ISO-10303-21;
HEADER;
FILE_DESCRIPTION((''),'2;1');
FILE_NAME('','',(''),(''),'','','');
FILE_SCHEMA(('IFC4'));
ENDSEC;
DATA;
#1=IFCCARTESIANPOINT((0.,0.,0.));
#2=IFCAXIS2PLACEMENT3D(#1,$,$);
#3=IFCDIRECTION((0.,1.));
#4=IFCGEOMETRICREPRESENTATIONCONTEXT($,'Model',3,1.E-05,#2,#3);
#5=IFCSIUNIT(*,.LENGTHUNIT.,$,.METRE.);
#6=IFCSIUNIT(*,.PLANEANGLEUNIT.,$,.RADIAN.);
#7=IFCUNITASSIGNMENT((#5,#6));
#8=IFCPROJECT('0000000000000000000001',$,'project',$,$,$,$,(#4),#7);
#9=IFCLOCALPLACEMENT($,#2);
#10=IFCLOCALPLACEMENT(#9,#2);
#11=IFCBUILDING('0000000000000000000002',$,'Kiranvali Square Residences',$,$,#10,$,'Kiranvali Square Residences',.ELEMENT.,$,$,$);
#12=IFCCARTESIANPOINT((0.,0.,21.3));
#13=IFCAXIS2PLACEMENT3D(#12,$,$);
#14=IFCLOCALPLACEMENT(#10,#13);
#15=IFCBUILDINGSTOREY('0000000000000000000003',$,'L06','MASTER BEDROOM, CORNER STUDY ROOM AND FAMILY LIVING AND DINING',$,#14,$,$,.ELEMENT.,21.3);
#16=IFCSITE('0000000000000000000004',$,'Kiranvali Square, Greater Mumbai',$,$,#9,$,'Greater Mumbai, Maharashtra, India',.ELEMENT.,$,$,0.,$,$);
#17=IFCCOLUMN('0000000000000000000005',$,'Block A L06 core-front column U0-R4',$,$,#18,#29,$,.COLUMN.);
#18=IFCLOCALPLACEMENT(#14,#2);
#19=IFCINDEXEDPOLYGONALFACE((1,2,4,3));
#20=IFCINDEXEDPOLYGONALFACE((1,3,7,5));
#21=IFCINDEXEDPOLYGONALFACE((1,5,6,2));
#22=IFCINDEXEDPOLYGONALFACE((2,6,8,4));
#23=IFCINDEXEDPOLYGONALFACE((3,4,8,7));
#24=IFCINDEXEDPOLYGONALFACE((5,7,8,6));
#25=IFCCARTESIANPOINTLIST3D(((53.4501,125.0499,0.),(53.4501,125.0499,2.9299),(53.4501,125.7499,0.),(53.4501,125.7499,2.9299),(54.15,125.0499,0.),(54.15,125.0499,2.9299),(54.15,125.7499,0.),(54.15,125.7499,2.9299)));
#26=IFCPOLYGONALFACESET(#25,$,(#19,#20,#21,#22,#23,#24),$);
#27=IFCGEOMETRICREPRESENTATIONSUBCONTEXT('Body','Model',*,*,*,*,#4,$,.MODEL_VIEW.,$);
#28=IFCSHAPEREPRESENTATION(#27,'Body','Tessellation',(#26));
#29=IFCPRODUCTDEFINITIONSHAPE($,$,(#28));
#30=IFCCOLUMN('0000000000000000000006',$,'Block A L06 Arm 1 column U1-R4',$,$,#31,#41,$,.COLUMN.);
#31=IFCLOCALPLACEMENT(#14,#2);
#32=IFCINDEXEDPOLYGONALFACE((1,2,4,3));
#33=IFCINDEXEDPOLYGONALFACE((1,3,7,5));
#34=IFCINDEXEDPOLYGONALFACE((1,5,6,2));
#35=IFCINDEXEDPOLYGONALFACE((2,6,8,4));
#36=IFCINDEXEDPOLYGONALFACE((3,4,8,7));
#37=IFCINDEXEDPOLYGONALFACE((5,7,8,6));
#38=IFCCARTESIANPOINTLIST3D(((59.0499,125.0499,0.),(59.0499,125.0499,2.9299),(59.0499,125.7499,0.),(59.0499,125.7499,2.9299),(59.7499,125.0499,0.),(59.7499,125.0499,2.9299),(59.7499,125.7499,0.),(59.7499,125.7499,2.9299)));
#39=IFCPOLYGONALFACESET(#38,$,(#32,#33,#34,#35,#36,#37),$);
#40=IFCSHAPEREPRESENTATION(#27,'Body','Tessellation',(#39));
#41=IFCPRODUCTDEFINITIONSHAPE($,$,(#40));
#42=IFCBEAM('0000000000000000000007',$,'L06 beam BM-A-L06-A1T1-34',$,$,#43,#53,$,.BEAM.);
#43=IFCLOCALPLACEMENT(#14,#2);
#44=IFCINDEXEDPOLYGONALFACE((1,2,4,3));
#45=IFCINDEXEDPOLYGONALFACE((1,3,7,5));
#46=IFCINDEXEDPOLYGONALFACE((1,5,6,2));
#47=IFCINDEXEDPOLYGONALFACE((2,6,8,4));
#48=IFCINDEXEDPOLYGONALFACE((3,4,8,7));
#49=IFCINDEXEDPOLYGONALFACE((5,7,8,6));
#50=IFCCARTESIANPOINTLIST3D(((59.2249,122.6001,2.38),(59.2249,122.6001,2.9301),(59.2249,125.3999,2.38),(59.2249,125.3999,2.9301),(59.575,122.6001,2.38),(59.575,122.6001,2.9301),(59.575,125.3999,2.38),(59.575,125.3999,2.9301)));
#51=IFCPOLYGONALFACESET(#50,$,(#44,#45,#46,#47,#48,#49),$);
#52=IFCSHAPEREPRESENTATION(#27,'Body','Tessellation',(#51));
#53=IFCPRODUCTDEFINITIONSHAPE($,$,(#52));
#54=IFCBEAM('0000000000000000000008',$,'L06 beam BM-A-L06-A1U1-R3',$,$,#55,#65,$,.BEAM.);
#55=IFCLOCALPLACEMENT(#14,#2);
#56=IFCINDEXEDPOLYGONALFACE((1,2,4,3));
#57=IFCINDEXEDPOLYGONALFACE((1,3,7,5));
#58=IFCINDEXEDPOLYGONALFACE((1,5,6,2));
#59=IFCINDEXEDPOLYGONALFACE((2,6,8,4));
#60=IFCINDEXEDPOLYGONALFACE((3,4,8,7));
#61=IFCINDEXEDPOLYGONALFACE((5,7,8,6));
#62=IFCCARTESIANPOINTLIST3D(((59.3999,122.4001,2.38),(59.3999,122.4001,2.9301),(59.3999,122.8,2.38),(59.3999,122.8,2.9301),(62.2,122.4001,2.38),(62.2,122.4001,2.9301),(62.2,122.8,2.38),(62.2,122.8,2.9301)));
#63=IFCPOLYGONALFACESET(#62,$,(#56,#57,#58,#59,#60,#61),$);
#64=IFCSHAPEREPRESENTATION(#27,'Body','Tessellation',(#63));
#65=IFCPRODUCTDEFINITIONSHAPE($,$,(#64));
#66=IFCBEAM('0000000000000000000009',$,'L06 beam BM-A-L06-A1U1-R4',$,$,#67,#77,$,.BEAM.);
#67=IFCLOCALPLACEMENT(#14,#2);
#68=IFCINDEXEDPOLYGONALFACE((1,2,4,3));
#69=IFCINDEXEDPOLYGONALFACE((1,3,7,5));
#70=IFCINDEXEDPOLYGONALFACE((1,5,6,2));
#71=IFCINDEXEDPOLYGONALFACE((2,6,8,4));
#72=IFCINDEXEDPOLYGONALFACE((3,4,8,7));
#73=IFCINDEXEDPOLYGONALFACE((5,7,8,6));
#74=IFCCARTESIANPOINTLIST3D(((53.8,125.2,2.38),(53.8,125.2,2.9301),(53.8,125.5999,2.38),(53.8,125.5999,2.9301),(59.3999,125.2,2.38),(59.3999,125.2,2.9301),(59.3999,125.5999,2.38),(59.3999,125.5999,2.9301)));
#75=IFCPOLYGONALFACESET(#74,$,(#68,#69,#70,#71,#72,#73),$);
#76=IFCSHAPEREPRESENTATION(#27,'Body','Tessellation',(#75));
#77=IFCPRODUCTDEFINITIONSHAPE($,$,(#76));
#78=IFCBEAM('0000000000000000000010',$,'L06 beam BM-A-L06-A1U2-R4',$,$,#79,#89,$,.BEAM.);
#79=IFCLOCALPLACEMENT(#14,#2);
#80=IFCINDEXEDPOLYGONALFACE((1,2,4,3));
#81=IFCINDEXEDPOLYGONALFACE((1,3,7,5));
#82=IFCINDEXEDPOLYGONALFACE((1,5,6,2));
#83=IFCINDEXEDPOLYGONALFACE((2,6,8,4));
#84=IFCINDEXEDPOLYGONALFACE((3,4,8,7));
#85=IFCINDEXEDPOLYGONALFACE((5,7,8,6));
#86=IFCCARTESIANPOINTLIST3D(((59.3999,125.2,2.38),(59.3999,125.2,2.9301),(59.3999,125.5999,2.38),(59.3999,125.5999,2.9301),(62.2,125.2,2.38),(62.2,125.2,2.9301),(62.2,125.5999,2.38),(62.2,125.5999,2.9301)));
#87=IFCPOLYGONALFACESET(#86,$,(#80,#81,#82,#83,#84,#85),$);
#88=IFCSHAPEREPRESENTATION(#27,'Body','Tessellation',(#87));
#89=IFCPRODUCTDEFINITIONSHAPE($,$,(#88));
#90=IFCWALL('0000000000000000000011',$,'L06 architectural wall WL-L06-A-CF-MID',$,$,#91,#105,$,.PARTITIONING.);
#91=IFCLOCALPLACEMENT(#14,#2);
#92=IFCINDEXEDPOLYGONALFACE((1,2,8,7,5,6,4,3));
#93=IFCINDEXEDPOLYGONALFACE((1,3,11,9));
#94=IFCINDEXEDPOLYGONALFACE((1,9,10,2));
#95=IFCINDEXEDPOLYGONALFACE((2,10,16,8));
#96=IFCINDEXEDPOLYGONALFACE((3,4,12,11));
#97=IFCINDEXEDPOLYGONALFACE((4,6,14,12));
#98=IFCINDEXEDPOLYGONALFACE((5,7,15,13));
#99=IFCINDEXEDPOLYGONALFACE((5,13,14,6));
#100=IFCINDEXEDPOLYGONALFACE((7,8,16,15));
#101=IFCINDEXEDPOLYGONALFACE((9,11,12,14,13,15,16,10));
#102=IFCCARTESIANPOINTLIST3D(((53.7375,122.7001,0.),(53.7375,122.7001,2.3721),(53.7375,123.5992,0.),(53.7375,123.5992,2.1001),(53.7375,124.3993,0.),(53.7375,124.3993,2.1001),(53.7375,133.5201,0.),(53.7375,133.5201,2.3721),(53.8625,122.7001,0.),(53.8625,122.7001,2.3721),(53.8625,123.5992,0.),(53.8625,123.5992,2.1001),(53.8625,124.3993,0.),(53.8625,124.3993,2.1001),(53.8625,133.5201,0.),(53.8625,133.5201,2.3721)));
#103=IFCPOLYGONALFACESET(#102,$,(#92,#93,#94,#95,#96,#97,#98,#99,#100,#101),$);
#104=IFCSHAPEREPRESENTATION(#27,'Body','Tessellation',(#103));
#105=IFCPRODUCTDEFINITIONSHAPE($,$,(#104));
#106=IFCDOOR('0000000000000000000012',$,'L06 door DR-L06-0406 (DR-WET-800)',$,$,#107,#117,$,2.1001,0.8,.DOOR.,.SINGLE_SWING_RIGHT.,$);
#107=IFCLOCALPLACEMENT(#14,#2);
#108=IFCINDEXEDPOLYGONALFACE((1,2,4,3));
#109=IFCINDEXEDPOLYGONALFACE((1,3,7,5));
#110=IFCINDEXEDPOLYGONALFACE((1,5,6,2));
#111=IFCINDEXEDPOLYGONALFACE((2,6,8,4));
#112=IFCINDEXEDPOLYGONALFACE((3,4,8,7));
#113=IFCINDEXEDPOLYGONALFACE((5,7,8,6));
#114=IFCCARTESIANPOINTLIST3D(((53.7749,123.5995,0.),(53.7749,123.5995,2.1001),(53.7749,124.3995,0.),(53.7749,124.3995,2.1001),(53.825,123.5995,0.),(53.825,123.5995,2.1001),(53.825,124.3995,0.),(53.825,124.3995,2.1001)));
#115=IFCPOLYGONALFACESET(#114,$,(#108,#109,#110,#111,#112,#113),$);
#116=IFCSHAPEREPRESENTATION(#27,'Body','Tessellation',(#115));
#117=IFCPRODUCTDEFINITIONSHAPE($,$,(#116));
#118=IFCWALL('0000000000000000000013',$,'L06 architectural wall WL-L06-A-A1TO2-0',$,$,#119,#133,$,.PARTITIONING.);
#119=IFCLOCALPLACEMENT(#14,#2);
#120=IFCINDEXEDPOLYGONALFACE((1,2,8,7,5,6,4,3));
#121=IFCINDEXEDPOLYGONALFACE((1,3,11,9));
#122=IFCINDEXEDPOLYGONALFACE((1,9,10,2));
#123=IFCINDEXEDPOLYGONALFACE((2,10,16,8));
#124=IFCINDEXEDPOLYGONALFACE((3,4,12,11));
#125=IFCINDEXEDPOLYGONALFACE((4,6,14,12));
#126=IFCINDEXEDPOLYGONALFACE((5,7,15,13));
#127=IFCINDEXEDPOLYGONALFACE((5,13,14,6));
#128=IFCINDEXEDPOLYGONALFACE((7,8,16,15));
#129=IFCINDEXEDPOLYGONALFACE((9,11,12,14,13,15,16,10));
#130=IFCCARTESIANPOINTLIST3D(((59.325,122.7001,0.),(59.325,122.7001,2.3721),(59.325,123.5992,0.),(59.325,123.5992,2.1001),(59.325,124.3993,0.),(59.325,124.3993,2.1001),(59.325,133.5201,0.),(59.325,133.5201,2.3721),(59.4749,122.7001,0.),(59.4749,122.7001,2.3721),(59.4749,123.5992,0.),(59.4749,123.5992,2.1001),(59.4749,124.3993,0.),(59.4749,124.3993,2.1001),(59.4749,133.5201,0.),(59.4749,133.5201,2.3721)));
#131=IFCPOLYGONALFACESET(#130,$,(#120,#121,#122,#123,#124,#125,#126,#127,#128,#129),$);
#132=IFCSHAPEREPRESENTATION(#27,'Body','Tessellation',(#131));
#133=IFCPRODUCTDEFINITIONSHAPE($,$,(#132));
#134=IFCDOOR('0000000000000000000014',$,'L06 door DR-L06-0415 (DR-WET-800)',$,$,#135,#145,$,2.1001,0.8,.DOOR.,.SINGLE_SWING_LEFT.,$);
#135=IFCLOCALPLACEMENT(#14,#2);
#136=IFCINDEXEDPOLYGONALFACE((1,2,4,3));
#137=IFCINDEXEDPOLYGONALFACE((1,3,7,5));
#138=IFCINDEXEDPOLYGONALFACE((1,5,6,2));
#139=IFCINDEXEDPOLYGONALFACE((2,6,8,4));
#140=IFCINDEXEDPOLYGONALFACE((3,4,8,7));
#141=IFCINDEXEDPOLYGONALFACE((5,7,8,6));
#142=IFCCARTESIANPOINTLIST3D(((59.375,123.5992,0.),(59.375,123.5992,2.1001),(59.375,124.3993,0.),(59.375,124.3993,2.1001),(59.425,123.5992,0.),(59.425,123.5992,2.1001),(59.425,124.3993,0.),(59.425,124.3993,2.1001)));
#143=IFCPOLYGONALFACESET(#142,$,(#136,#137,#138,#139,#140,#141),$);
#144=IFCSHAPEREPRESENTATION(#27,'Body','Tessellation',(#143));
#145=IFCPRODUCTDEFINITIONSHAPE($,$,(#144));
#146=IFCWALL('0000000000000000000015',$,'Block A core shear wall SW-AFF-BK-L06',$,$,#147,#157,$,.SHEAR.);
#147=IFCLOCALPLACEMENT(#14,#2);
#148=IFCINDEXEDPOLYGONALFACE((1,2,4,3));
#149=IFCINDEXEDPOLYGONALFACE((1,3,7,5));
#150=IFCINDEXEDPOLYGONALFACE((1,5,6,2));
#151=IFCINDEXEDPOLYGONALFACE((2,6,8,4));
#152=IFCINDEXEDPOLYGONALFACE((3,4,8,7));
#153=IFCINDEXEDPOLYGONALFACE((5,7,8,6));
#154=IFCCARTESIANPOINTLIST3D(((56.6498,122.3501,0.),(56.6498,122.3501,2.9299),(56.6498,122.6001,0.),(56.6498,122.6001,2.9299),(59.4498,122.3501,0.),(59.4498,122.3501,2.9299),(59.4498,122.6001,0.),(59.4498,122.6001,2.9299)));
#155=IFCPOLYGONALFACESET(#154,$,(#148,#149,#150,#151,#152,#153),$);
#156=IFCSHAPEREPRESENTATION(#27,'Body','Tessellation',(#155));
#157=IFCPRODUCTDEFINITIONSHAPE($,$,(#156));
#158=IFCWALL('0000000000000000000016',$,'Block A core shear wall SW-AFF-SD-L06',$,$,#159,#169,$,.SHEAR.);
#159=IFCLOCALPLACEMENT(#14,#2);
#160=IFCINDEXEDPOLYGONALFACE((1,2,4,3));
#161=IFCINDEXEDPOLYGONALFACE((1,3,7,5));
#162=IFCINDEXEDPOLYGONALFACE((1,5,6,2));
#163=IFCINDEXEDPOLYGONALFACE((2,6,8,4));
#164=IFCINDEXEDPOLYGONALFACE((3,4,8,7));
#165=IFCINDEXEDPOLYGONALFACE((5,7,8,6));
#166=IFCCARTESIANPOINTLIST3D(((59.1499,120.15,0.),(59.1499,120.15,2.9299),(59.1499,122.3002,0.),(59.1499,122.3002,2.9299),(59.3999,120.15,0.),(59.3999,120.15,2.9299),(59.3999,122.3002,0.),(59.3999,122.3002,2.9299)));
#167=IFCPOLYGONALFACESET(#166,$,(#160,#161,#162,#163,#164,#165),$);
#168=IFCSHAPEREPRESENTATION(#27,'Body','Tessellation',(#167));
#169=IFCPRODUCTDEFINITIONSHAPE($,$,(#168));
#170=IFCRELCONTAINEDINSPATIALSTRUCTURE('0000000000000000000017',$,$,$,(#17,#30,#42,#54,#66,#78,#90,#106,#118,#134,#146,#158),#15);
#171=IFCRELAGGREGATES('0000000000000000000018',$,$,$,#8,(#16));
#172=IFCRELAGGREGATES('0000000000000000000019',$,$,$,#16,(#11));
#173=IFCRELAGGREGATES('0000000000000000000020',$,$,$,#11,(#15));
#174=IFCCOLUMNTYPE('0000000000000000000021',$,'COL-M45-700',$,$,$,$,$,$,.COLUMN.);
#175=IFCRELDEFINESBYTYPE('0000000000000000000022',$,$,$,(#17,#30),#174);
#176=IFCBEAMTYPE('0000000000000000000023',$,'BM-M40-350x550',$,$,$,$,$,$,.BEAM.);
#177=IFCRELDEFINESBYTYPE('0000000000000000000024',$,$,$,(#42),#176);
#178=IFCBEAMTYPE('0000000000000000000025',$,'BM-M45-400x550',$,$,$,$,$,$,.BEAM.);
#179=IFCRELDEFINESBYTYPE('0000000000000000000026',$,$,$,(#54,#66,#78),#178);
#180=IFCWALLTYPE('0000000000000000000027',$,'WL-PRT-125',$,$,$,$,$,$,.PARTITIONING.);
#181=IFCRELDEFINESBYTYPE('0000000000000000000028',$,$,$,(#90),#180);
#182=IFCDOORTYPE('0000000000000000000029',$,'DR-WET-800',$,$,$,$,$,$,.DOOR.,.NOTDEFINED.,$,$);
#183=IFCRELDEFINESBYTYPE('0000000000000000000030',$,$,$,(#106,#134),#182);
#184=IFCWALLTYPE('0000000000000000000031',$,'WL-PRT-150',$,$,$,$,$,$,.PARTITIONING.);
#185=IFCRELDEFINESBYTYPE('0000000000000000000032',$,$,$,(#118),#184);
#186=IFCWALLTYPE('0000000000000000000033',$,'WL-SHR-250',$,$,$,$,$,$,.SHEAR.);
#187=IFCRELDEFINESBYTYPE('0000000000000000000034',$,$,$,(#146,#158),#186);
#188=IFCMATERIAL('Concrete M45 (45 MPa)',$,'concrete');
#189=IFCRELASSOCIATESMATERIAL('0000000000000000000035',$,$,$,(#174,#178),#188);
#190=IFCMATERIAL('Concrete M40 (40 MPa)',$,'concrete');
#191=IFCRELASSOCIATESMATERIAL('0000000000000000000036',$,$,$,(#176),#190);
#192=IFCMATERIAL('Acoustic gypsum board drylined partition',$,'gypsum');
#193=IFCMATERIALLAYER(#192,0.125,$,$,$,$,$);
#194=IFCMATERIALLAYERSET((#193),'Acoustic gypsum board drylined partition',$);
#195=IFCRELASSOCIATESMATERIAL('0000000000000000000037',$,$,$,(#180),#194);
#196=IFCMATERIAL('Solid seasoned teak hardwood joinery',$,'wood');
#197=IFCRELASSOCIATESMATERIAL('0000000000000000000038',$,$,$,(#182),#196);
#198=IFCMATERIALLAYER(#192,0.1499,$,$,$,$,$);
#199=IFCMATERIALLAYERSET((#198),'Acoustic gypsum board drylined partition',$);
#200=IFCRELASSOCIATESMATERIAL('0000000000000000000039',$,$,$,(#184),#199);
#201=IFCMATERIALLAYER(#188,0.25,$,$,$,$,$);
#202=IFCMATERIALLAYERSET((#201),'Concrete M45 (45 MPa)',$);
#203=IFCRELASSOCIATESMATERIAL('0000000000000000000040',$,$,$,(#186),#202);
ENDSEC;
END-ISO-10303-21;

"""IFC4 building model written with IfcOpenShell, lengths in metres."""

from ifc_helpers import new_model, si_unit, direction, frame, frame_2d, origin, origin_2d, place, context, subcontext, project, spatial, rectangle, extrude, material, layer, layer_set, material_profile, profile_set, type_object, element, fill, save


model = new_model("IFC4")

# Units and contexts
model_context = context("Model", 3, precision=1e-05, world=origin(), true_north=direction((0.0, 1.0)))
body_context = subcontext(model_context, "Body", "Model", "MODEL_VIEW")
ifc_project = project(units=[si_unit("LENGTHUNIT", "METRE"), si_unit("PLANEANGLEUNIT", "RADIAN")], contexts=[model_context])

# Site, building, storey
site_placement = place(None, origin())
site = spatial("IfcSite", under=ifc_project, at=site_placement, Name="Kiranvali Square, Greater Mumbai", LongName="Greater Mumbai, Maharashtra, India", CompositionType="ELEMENT", RefElevation=0.0)
building_placement = place(site_placement, origin())
building = spatial("IfcBuilding", under=site, at=building_placement, Name="Kiranvali Square Residences", LongName="Kiranvali Square Residences", CompositionType="ELEMENT")
storey_placement = place(building_placement, frame((0.0, 0.0, 21.3)))
storey = spatial("IfcBuildingStorey", under=building, at=storey_placement, Name="L06", Description="MASTER BEDROOM, CORNER STUDY ROOM AND FAMILY LIVING AND DINING", CompositionType="ELEMENT", Elevation=21.3)

# Columns
ifc_material_1 = material(Name="Concrete M45 (45 MPa)", Category="concrete")
ifc_material_profile_1 = material_profile(ifc_material_1, rectangle(XDim=0.7, YDim=0.7, at=origin_2d()), Name="RC 700x700")
ifc_profile_set_1 = profile_set([ifc_material_profile_1], Name="Concrete M45 (45 MPa)")
column_type = type_object("IfcColumnType", Name="COL-M45-700", PredefinedType="COLUMN", material=ifc_profile_set_1)
for number, where, z_axis, x_axis, name in (
    (1, (53.8, 125.3999, 0.0), (0.0, 0.0, 1.0), (1.0, 0.0, 0.0), "Block A L06 core-front column U0-R4"),
    (2, (59.3999, 125.3999, 0.0), (0.0, 0.0, 1.0), (1.0, 0.0, 0.0), "Block A L06 Arm 1 column U1-R4"),
):
    element("IfcColumn", number, at=place(storey_placement, frame(where, z_axis=z_axis, x_axis=x_axis)), inside=storey, type_object=column_type, Name=name, PredefinedType="COLUMN", context=body_context, shape_type="SweptSolid", body=[
        extrude(rectangle(XDim=0.7, YDim=0.7, at=origin_2d()), origin(), (0.0, 0.0, 1.0), 2.9299),
    ])

# Beams
ifc_material_2 = material(Name="Concrete M40 (40 MPa)", Category="concrete")
ifc_material_profile_2 = material_profile(ifc_material_2, rectangle(XDim=0.3501, YDim=0.55, at=origin_2d()), Name="RC 350x550")
ifc_profile_set_2 = profile_set([ifc_material_profile_2], Name="Concrete M40 (40 MPa)")
beam_type_1 = type_object("IfcBeamType", Name="BM-M40-350x550", PredefinedType="BEAM", material=ifc_profile_set_2)
beam_1_placement = place(storey_placement, frame((59.3999, 122.6001, 2.655), z_axis=(0.0, 1.0, 0.0), x_axis=(-1.0, 0.0, 0.0)))
element("IfcBeam", 3, at=beam_1_placement, inside=storey, type_object=beam_type_1, Name="L06 beam BM-A-L06-A1T1-34", PredefinedType="BEAM", context=body_context, shape_type="SweptSolid", body=[
    extrude(rectangle(XDim=0.3501, YDim=0.55, at=origin_2d()), origin(), (0.0, 0.0, 1.0), 2.7998),
])
ifc_material_profile_3 = material_profile(ifc_material_1, rectangle(XDim=0.3999, YDim=0.55, at=origin_2d()), Name="RC 400x550")
ifc_profile_set_3 = profile_set([ifc_material_profile_3], Name="Concrete M45 (45 MPa)")
beam_type_2 = type_object("IfcBeamType", Name="BM-M45-400x550", PredefinedType="BEAM", material=ifc_profile_set_3)
beam_2_placement = place(storey_placement, frame((59.3999, 122.6001, 2.655), z_axis=(1.0, 0.0, 0.0), x_axis=(0.0, 1.0, 0.0)))
element("IfcBeam", 4, at=beam_2_placement, inside=storey, type_object=beam_type_2, Name="L06 beam BM-A-L06-A1U1-R3", PredefinedType="BEAM", context=body_context, shape_type="SweptSolid", body=[
    extrude(rectangle(XDim=0.3999, YDim=0.55, at=origin_2d()), origin(), (0.0, 0.0, 1.0), 2.8),
])
beam_3_placement = place(storey_placement, frame((53.8, 125.3999, 2.655), z_axis=(1.0, 0.0, 0.0), x_axis=(0.0, 1.0, 0.0)))
element("IfcBeam", 5, at=beam_3_placement, inside=storey, type_object=beam_type_2, Name="L06 beam BM-A-L06-A1U1-R4", PredefinedType="BEAM", context=body_context, shape_type="SweptSolid", body=[
    extrude(rectangle(XDim=0.3999, YDim=0.55, at=origin_2d()), origin(), (0.0, 0.0, 1.0), 5.5999),
])
beam_4_placement = place(storey_placement, frame((59.3999, 125.3999, 2.655), z_axis=(1.0, 0.0, 0.0), x_axis=(0.0, 1.0, 0.0)))
element("IfcBeam", 6, at=beam_4_placement, inside=storey, type_object=beam_type_2, Name="L06 beam BM-A-L06-A1U2-R4", PredefinedType="BEAM", context=body_context, shape_type="SweptSolid", body=[
    extrude(rectangle(XDim=0.3999, YDim=0.55, at=origin_2d()), origin(), (0.0, 0.0, 1.0), 2.8),
])

# Walls, openings, doors
ifc_material_3 = material(Name="Acoustic gypsum board drylined partition", Category="gypsum")
ifc_layer_1 = layer(ifc_material_3, 0.125)
ifc_layer_set_1 = layer_set([ifc_layer_1], Name="Acoustic gypsum board drylined partition")
wall_type_1 = type_object("IfcWallType", Name="WL-PRT-125", PredefinedType="PARTITIONING", material=ifc_layer_set_1)
wall_1_placement = place(storey_placement, frame((53.8, 122.7, 0.0), z_axis=(0.0, 0.0, 1.0), x_axis=(0.0, 1.0, 0.0)))
wall_1 = element("IfcWall", 7, at=wall_1_placement, inside=storey, type_object=wall_type_1, Name="L06 architectural wall WL-L06-A-CF-MID", PredefinedType="PARTITIONING", context=body_context, shape_type="SweptSolid", body=[
    extrude(rectangle(XDim=10.8201, YDim=0.125, at=frame_2d((5.4102, 0.0))), origin(), (0.0, 0.0, 1.0), 2.3721),
])
opening_1_placement = place(wall_1_placement, frame((0.8994, 0.0, 0.0)))
opening_1 = element("IfcOpeningElement", 8, at=opening_1_placement, cuts=wall_1, PredefinedType="OPENING", context=body_context, shape_type="SweptSolid", body=[
    extrude(rectangle(XDim=0.8, YDim=2.1001, at=frame_2d((0.3999, 1.05))), frame((0.0, 0.0725, 0.0), z_axis=(0.0, -1.0, 0.0), x_axis=(1.0, 0.0, 0.0)), (0.0, 0.0, 1.0), 0.145),
])
ifc_material_4 = material(Name="Solid seasoned teak hardwood joinery", Category="wood")
door_type_1 = type_object("IfcDoorType", Name="DR-WET-800", OperationType="NOTDEFINED", PredefinedType="DOOR", material=ifc_material_4)
door_1_placement = place(opening_1_placement, frame((0.8, 0.0, 0.0), z_axis=(0.0, 0.0, 1.0), x_axis=(-1.0, 0.0, 0.0)))
door_1 = element("IfcDoor", 9, at=door_1_placement, inside=storey, type_object=door_type_1, Name="L06 door DR-L06-0406 (DR-WET-800)", OperationType="SINGLE_SWING_RIGHT", OverallHeight=2.1001, OverallWidth=0.8, PredefinedType="DOOR", context=body_context, shape_type="SweptSolid", body=[
    extrude(rectangle(XDim=0.8, YDim=2.1001, at=frame_2d((0.3999, 1.05))), frame((0.0, 0.0249, 0.0), z_axis=(0.0, -1.0, 0.0), x_axis=(1.0, 0.0, 0.0)), (0.0, 0.0, 1.0), 0.05),
])
fill(opening_1, door_1)
ifc_layer_2 = layer(ifc_material_3, 0.1499)
ifc_layer_set_2 = layer_set([ifc_layer_2], Name="Acoustic gypsum board drylined partition")
wall_type_2 = type_object("IfcWallType", Name="WL-PRT-150", PredefinedType="PARTITIONING", material=ifc_layer_set_2)
wall_2_placement = place(storey_placement, frame((59.3999, 122.7, 0.0), z_axis=(0.0, 0.0, 1.0), x_axis=(0.0, 1.0, 0.0)))
wall_2 = element("IfcWall", 10, at=wall_2_placement, inside=storey, type_object=wall_type_2, Name="L06 architectural wall WL-L06-A-A1TO2-0", PredefinedType="PARTITIONING", context=body_context, shape_type="SweptSolid", body=[
    extrude(rectangle(XDim=10.8201, YDim=0.1499, at=frame_2d((5.4102, 0.0))), origin(), (0.0, 0.0, 1.0), 2.3721),
])
opening_2_placement = place(wall_2_placement, frame((0.8994, 0.0, 0.0)))
opening_2 = element("IfcOpeningElement", 11, at=opening_2_placement, cuts=wall_2, PredefinedType="OPENING", context=body_context, shape_type="SweptSolid", body=[
    extrude(rectangle(XDim=0.8, YDim=2.1001, at=frame_2d((0.3999, 1.05))), frame((0.0, 0.085, 0.0), z_axis=(0.0, -1.0, 0.0), x_axis=(1.0, 0.0, 0.0)), (0.0, 0.0, 1.0), 0.1699),
])
door_2_placement = place(opening_2_placement, origin())
door_2 = element("IfcDoor", 12, at=door_2_placement, inside=storey, type_object=door_type_1, Name="L06 door DR-L06-0415 (DR-WET-800)", OperationType="SINGLE_SWING_LEFT", OverallHeight=2.1001, OverallWidth=0.8, PredefinedType="DOOR", context=body_context, shape_type="SweptSolid", body=[
    extrude(rectangle(XDim=0.8, YDim=2.1001, at=frame_2d((0.3999, 1.05))), frame((0.0, 0.0249, 0.0), z_axis=(0.0, -1.0, 0.0), x_axis=(1.0, 0.0, 0.0)), (0.0, 0.0, 1.0), 0.05),
])
fill(opening_2, door_2)

# Walls
ifc_layer_3 = layer(ifc_material_1, 0.25)
ifc_layer_set_3 = layer_set([ifc_layer_3], Name="Concrete M45 (45 MPa)")
wall_type_3 = type_object("IfcWallType", Name="WL-SHR-250", PredefinedType="SHEAR", material=ifc_layer_set_3)
wall_3_placement = place(storey_placement, frame((56.6499, 122.4751, 0.0), z_axis=(0.0, 0.0, 1.0), x_axis=(1.0, 0.0, 0.0)))
element("IfcWall", 13, at=wall_3_placement, inside=storey, type_object=wall_type_3, Name="Block A core shear wall SW-AFF-BK-L06", PredefinedType="SHEAR", context=body_context, shape_type="SweptSolid", body=[
    extrude(rectangle(XDim=2.8, YDim=0.25, at=frame_2d((1.3999, 0.0))), origin(), (0.0, 0.0, 1.0), 2.9299),
])
wall_4_placement = place(storey_placement, frame((59.2749, 120.1499, 0.0), z_axis=(0.0, 0.0, 1.0), x_axis=(0.0, 1.0, 0.0)))
element("IfcWall", 14, at=wall_4_placement, inside=storey, type_object=wall_type_3, Name="Block A core shear wall SW-AFF-SD-L06", PredefinedType="SHEAR", context=body_context, shape_type="SweptSolid", body=[
    extrude(rectangle(XDim=2.1501, YDim=0.25, at=frame_2d((1.0752, 0.0))), origin(), (0.0, 0.0, 1.0), 2.9299),
])

save(model, "model.ifc")
